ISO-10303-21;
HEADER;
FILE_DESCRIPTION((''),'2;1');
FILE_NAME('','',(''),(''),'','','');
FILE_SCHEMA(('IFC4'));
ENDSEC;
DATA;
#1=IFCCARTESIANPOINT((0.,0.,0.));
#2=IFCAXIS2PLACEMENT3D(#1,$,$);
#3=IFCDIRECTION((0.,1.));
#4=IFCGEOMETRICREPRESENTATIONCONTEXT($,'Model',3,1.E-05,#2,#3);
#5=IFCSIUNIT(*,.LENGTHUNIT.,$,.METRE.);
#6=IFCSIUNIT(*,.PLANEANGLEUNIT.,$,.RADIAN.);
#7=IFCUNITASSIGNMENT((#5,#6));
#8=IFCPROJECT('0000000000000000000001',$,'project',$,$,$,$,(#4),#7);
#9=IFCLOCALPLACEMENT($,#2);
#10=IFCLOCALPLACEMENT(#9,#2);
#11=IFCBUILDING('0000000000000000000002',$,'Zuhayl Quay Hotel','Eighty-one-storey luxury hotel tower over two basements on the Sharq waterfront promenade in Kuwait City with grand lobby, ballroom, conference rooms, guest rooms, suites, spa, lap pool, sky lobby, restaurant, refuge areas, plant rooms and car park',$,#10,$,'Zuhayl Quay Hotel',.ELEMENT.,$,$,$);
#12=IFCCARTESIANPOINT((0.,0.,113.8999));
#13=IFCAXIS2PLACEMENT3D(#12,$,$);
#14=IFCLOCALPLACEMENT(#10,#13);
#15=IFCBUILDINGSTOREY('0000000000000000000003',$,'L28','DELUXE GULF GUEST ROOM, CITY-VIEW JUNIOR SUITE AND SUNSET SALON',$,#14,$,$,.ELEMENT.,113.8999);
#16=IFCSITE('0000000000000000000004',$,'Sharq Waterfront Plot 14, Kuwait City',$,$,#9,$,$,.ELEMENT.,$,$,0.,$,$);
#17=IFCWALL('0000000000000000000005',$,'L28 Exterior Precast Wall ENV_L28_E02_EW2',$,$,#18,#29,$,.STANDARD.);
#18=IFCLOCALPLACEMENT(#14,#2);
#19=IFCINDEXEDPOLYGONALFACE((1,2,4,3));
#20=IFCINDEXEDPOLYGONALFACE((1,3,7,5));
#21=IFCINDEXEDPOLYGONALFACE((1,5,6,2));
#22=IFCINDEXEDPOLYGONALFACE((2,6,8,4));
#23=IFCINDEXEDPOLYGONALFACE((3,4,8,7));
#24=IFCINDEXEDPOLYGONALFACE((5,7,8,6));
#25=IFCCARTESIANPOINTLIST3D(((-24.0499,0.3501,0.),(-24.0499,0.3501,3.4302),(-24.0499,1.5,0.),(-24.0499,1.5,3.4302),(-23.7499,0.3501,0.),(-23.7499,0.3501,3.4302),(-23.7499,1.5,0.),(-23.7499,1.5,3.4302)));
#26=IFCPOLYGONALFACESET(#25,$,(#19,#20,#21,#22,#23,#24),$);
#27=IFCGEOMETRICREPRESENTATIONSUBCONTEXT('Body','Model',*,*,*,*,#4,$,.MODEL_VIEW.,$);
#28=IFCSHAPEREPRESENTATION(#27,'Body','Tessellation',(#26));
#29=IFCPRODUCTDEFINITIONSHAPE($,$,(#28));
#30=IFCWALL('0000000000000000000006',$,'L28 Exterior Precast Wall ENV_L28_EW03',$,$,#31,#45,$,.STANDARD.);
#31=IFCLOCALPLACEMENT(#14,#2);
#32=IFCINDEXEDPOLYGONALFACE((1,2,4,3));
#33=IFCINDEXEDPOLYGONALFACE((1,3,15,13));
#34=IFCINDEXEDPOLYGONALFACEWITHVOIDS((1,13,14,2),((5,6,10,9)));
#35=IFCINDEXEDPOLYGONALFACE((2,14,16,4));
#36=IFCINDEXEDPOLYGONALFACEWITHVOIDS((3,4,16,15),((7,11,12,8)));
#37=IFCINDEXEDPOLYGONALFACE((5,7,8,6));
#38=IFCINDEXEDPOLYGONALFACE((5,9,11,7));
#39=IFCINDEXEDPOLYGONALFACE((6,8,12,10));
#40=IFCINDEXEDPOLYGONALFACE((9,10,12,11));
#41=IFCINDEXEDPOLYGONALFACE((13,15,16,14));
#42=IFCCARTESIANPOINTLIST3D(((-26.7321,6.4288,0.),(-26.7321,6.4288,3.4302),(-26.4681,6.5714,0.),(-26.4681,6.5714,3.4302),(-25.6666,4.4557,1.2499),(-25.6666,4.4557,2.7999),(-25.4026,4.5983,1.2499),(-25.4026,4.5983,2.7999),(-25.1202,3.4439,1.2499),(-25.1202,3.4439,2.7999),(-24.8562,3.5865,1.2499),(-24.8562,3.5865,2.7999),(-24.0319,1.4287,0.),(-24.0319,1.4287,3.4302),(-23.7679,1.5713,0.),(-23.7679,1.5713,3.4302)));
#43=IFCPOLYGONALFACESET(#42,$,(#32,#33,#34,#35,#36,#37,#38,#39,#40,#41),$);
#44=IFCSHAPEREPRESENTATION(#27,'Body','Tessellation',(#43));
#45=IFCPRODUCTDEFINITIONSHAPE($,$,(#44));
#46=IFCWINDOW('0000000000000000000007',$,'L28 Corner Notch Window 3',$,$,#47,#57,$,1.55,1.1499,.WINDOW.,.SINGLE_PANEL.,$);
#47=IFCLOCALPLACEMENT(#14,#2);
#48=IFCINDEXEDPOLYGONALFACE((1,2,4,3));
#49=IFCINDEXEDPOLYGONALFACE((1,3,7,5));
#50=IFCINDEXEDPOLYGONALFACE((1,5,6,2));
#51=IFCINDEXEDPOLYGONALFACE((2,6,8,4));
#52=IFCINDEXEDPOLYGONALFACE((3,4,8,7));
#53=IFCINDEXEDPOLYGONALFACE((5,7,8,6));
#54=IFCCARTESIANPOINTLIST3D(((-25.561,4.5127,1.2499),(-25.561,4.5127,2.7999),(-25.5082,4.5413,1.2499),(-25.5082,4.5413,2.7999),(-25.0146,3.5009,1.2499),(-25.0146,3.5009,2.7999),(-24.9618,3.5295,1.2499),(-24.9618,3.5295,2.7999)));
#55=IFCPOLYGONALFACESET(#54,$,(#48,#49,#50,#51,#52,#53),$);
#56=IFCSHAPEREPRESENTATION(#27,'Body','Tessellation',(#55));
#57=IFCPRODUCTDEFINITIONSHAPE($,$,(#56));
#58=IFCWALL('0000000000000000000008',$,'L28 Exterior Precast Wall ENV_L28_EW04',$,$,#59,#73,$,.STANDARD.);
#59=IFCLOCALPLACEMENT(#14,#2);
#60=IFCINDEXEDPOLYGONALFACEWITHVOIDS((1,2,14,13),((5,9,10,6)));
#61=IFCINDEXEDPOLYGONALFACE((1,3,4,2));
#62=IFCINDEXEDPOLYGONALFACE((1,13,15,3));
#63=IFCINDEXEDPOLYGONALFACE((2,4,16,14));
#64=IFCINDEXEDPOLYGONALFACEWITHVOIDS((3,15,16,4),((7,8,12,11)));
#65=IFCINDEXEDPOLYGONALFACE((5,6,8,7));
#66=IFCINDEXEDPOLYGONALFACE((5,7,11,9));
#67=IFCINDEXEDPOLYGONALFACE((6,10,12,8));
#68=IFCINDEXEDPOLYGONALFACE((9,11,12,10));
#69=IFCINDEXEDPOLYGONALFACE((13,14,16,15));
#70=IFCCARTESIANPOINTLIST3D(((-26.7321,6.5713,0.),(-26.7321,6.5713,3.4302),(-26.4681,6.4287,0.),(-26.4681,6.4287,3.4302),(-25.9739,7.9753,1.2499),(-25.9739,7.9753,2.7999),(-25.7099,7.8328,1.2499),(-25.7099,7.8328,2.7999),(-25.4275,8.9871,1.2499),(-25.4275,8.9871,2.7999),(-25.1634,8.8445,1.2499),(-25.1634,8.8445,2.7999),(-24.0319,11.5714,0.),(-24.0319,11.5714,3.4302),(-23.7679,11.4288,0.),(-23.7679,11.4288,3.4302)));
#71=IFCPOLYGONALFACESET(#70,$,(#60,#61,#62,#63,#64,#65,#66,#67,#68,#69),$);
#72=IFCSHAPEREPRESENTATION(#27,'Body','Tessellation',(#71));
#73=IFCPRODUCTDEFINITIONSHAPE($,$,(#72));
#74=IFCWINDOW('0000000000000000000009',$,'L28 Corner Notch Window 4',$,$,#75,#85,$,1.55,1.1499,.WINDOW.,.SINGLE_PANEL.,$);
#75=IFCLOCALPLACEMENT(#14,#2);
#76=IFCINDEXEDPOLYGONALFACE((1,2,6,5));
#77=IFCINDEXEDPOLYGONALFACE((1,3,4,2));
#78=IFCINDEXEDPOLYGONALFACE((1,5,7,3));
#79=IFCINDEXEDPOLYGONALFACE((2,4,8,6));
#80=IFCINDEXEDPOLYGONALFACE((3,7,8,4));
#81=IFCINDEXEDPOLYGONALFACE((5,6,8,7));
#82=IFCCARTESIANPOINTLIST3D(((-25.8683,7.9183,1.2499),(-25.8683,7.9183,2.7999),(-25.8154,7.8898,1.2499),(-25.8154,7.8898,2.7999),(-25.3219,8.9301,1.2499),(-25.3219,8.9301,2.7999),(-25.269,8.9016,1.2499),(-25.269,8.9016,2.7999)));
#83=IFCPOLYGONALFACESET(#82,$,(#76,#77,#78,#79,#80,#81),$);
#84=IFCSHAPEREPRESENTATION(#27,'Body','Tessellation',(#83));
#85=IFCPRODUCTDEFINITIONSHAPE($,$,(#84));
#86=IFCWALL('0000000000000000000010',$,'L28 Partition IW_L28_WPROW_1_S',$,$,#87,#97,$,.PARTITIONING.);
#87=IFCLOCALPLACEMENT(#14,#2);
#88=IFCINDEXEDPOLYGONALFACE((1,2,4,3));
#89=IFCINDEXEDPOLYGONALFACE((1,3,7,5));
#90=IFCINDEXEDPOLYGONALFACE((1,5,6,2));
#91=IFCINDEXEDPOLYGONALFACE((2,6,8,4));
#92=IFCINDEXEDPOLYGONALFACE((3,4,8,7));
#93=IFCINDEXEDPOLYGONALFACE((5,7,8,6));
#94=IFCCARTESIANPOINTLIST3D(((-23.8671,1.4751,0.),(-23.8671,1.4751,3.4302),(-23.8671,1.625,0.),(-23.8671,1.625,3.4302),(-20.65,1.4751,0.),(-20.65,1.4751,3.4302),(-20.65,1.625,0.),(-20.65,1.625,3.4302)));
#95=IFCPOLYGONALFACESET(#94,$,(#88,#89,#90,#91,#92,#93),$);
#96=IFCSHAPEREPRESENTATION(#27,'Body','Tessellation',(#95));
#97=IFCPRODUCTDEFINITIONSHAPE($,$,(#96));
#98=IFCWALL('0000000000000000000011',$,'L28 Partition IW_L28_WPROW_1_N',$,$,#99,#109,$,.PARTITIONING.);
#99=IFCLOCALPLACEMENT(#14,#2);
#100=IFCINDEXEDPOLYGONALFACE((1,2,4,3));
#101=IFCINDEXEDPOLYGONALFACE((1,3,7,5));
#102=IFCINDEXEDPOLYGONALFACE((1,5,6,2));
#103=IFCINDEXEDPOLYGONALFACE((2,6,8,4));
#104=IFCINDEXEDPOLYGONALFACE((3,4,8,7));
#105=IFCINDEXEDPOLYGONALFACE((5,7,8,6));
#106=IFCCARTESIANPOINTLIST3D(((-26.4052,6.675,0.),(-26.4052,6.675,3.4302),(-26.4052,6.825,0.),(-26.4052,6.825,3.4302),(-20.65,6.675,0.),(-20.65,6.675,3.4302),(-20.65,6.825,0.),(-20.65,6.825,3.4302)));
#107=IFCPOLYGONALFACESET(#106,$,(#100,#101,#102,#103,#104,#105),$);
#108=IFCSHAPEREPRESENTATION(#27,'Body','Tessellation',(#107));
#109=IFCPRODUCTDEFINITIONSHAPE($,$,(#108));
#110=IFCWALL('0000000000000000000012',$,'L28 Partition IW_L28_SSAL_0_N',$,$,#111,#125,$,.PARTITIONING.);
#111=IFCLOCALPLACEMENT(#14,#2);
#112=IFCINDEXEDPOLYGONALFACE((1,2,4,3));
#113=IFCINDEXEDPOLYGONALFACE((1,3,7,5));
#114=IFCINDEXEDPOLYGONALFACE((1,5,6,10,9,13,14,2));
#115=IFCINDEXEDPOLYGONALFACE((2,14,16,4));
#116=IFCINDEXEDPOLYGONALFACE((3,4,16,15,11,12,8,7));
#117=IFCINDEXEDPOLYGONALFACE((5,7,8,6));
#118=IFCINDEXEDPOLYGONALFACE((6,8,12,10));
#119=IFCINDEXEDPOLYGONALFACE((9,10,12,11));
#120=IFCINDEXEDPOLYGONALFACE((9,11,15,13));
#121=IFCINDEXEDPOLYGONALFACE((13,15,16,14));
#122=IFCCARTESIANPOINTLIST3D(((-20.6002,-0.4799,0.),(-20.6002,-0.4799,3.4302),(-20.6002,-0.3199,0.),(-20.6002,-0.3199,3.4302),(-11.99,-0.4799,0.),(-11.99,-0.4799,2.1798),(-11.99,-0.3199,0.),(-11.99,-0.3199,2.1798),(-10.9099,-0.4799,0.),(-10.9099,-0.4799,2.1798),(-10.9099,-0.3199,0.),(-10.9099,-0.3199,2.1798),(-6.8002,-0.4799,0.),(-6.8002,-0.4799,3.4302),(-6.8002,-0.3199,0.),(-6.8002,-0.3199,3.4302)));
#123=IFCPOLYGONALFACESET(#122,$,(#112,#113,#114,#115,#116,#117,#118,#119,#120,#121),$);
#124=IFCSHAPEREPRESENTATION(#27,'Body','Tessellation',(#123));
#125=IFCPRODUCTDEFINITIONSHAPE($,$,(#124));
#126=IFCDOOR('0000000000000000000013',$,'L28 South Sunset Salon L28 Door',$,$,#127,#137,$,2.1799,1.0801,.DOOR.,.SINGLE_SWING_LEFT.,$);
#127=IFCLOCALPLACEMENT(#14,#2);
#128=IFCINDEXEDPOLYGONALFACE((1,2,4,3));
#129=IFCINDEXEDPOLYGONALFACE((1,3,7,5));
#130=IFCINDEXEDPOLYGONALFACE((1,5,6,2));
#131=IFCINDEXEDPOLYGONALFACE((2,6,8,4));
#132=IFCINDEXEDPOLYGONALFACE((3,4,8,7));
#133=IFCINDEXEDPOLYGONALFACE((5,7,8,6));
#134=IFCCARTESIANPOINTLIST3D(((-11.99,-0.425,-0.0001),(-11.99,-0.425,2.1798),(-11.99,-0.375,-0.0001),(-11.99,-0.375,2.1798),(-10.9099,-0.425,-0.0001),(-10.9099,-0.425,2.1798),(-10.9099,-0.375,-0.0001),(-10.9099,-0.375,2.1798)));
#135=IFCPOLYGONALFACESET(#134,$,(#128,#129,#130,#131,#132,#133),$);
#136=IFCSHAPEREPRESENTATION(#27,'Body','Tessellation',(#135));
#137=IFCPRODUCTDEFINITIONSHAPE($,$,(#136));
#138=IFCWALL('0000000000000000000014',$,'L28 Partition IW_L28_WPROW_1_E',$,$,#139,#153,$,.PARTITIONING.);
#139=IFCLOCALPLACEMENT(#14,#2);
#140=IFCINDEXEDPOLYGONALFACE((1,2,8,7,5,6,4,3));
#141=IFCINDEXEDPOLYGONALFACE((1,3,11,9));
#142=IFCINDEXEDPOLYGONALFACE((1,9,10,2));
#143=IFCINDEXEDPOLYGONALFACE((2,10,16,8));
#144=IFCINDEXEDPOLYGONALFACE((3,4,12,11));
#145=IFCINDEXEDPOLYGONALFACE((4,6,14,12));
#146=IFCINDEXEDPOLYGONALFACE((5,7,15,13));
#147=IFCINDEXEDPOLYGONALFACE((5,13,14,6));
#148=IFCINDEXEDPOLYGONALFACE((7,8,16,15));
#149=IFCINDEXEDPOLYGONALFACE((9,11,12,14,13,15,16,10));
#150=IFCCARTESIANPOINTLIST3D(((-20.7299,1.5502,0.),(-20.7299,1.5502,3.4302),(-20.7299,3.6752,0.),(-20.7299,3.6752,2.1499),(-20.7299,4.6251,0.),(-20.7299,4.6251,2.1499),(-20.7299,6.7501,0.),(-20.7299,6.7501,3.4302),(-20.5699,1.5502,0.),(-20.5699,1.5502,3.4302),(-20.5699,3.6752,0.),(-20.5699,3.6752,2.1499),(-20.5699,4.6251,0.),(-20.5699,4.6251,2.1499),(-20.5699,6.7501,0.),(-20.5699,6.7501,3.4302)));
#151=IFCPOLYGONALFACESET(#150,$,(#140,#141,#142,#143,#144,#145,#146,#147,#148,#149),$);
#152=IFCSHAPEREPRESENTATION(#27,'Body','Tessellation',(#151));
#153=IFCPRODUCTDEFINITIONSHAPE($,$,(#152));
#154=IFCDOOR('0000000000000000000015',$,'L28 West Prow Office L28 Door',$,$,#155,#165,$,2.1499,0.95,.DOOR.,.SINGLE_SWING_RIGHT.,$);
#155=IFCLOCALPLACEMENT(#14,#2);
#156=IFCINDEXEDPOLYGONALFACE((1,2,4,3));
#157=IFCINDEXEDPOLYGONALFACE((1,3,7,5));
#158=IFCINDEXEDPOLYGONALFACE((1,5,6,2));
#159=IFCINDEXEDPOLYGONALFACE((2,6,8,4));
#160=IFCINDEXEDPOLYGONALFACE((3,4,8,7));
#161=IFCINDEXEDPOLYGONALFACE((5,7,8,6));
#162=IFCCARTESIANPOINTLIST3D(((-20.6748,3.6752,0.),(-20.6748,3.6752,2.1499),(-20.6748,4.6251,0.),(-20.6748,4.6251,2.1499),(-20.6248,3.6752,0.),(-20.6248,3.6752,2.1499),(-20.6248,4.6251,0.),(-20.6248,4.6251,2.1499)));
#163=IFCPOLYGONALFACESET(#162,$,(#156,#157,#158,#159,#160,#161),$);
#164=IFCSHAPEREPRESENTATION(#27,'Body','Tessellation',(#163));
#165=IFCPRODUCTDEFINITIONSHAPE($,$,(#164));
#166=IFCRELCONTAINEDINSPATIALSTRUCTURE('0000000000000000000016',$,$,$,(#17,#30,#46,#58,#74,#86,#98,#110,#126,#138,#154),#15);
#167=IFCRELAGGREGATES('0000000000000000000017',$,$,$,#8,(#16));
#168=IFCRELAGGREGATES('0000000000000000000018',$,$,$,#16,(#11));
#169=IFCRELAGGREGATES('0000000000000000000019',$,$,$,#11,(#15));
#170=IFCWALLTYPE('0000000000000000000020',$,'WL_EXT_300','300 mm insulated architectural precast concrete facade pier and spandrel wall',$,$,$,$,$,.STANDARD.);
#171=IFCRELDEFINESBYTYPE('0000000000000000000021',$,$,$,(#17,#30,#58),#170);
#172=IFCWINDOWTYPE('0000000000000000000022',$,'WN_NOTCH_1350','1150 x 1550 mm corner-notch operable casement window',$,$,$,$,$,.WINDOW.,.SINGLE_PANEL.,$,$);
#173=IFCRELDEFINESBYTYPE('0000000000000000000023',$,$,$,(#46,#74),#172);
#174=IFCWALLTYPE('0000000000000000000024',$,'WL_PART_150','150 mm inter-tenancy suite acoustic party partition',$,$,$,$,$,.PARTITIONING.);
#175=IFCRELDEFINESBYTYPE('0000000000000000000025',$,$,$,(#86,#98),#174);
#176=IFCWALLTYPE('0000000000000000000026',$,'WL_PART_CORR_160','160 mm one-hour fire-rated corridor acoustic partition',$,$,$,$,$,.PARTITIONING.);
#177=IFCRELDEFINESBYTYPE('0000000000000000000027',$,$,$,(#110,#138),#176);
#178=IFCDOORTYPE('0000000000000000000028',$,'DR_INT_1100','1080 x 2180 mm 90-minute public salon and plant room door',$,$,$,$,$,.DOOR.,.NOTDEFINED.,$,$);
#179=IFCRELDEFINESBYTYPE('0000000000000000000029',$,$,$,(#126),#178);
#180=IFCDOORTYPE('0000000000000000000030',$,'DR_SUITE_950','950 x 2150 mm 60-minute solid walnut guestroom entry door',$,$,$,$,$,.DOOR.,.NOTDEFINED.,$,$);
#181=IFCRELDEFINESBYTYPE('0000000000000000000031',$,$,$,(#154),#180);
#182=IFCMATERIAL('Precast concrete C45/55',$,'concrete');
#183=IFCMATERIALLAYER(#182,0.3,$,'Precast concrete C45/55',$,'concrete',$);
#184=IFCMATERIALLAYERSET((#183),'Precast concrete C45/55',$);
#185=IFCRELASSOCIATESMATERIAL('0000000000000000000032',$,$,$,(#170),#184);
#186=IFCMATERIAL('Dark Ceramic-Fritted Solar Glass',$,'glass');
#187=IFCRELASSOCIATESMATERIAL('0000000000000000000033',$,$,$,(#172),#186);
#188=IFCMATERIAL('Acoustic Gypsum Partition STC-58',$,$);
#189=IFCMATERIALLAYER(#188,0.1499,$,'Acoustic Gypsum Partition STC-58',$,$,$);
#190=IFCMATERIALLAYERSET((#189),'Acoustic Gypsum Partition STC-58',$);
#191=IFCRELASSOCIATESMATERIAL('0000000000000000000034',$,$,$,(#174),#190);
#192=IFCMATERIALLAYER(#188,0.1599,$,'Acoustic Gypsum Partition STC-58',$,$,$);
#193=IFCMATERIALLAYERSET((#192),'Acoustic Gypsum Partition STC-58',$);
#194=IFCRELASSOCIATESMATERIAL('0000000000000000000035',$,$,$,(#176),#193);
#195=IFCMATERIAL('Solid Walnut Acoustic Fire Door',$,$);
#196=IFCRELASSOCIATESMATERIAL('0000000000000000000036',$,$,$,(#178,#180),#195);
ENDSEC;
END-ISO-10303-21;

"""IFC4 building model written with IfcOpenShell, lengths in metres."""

from ifc_helpers import new_model, si_unit, direction, frame, frame_2d, origin, place, context, subcontext, project, spatial, rectangle, extrude, material, layer, layer_set, type_object, element, fill, save


model = new_model("IFC4")

# Units and contexts
model_context = context("Model", 3, precision=1e-05, world=origin(), true_north=direction((0.0, 1.0)))
body_context = subcontext(model_context, "Body", "Model", "MODEL_VIEW")
ifc_project = project(units=[si_unit("LENGTHUNIT", "METRE"), si_unit("PLANEANGLEUNIT", "RADIAN")], contexts=[model_context])

# Site, building, storey
site_placement = place(None, origin())
site = spatial("IfcSite", under=ifc_project, at=site_placement, Name="Sharq Waterfront Plot 14, Kuwait City", CompositionType="ELEMENT", RefElevation=0.0)
building_placement = place(site_placement, origin())
building = spatial("IfcBuilding", under=site, at=building_placement, Name="Zuhayl Quay Hotel", Description="Eighty-one-storey luxury hotel tower over two basements on the Sharq waterfront promenade in Kuwait City with grand lobby, ballroom, conference rooms, guest rooms, suites, spa, lap pool, sky lobby, restaurant, refuge areas, plant rooms and car park", LongName="Zuhayl Quay Hotel", CompositionType="ELEMENT")
storey_placement = place(building_placement, frame((0.0, 0.0, 113.8999)))
storey = spatial("IfcBuildingStorey", under=building, at=storey_placement, Name="L28", Description="DELUXE GULF GUEST ROOM, CITY-VIEW JUNIOR SUITE AND SUNSET SALON", CompositionType="ELEMENT", Elevation=113.8999)

# Wall
ifc_material_1 = material(Name="Precast concrete C45/55", Category="concrete")
ifc_layer_1 = layer(ifc_material_1, 0.3, Name="Precast concrete C45/55", Category="concrete")
ifc_layer_set_1 = layer_set([ifc_layer_1], Name="Precast concrete C45/55")
wall_type_1 = type_object("IfcWallType", Name="WL_EXT_300", Description="300 mm insulated architectural precast concrete facade pier and spandrel wall", PredefinedType="STANDARD", material=ifc_layer_set_1)
wall_1_placement = place(storey_placement, frame((-23.8999, 0.3501, 0.0), z_axis=(0.0, 0.0, 1.0), x_axis=(0.0, 1.0, 0.0)))
element("IfcWall", 1, at=wall_1_placement, inside=storey, type_object=wall_type_1, Name="L28 Exterior Precast Wall ENV_L28_E02_EW2", PredefinedType="STANDARD", context=body_context, shape_type="SweptSolid", body=[
    extrude(rectangle(XDim=1.1499, YDim=0.3, at=frame_2d((0.575, 0.0))), origin(), (0.0, 0.0, 1.0), 3.4302),
])

# Walls, openings, windows
wall_2_placement = place(storey_placement, frame((-23.8999, 1.5, 0.0), z_axis=(0.0, 0.0, 1.0), x_axis=(-0.475176, 0.879891, 0.0)))
wall_2 = element("IfcWall", 2, at=wall_2_placement, inside=storey, type_object=wall_type_1, Name="L28 Exterior Precast Wall ENV_L28_EW03", PredefinedType="STANDARD", context=body_context, shape_type="SweptSolid", body=[
    extrude(rectangle(XDim=5.6826, YDim=0.3, at=frame_2d((2.8413, 0.0))), origin(), (0.0, 0.0, 1.0), 3.4302),
])
opening_1_placement = place(wall_2_placement, frame((2.2903, 0.0, 1.25)))
opening_1 = element("IfcOpeningElement", 3, at=opening_1_placement, cuts=wall_2, PredefinedType="OPENING", context=body_context, shape_type="SweptSolid", body=[
    extrude(rectangle(XDim=1.1499, YDim=1.55, at=frame_2d((0.575, 0.7749))), frame((0.0, 0.1599, 0.0), z_axis=(0.0, -1.0, 0.0), x_axis=(1.0, 0.0, 0.0)), (0.0, 0.0, 1.0), 0.3201),
])
ifc_material_2 = material(Name="Dark Ceramic-Fritted Solar Glass", Category="glass")
window_type = type_object("IfcWindowType", Name="WN_NOTCH_1350", Description="1150 x 1550 mm corner-notch operable casement window", PartitioningType="SINGLE_PANEL", PredefinedType="WINDOW", material=ifc_material_2)
window_1_placement = place(opening_1_placement, origin())
window_1 = element("IfcWindow", 4, at=window_1_placement, inside=storey, type_object=window_type, Name="L28 Corner Notch Window 3", OverallHeight=1.55, OverallWidth=1.1499, PartitioningType="SINGLE_PANEL", PredefinedType="WINDOW", context=body_context, shape_type="SweptSolid", body=[
    extrude(rectangle(XDim=1.1499, YDim=1.55, at=frame_2d((0.575, 0.7749))), frame((0.0, 0.03, 0.0), z_axis=(0.0, -1.0, 0.0), x_axis=(1.0, 0.0, 0.0)), (0.0, 0.0, 1.0), 0.0601),
])
fill(opening_1, window_1)
wall_3_placement = place(storey_placement, frame((-26.6001, 6.5, 0.0), z_axis=(0.0, 0.0, 1.0), x_axis=(0.475176, 0.879891, 0.0)))
wall_3 = element("IfcWall", 5, at=wall_3_placement, inside=storey, type_object=wall_type_1, Name="L28 Exterior Precast Wall ENV_L28_EW04", PredefinedType="STANDARD", context=body_context, shape_type="SweptSolid", body=[
    extrude(rectangle(XDim=5.6826, YDim=0.3, at=frame_2d((2.8413, 0.0))), origin(), (0.0, 0.0, 1.0), 3.4302),
])
opening_2_placement = place(wall_3_placement, frame((1.5957, 0.0, 1.25)))
opening_2 = element("IfcOpeningElement", 6, at=opening_2_placement, cuts=wall_3, PredefinedType="OPENING", context=body_context, shape_type="SweptSolid", body=[
    extrude(rectangle(XDim=1.1499, YDim=1.55, at=frame_2d((0.575, 0.7749))), frame((0.0, 0.1599, 0.0), z_axis=(0.0, -1.0, 0.0), x_axis=(1.0, 0.0, 0.0)), (0.0, 0.0, 1.0), 0.3201),
])
window_2_placement = place(opening_2_placement, origin())
window_2 = element("IfcWindow", 7, at=window_2_placement, inside=storey, type_object=window_type, Name="L28 Corner Notch Window 4", OverallHeight=1.55, OverallWidth=1.1499, PartitioningType="SINGLE_PANEL", PredefinedType="WINDOW", context=body_context, shape_type="SweptSolid", body=[
    extrude(rectangle(XDim=1.1499, YDim=1.55, at=frame_2d((0.575, 0.7749))), frame((0.0, 0.03, 0.0), z_axis=(0.0, -1.0, 0.0), x_axis=(1.0, 0.0, 0.0)), (0.0, 0.0, 1.0), 0.0601),
])
fill(opening_2, window_2)

# Walls
ifc_material_3 = material(Name="Acoustic Gypsum Partition STC-58")
ifc_layer_2 = layer(ifc_material_3, 0.1499, Name="Acoustic Gypsum Partition STC-58")
ifc_layer_set_2 = layer_set([ifc_layer_2], Name="Acoustic Gypsum Partition STC-58")
wall_type_2 = type_object("IfcWallType", Name="WL_PART_150", Description="150 mm inter-tenancy suite acoustic party partition", PredefinedType="PARTITIONING", material=ifc_layer_set_2)
wall_4_placement = place(storey_placement, frame((-23.8669, 1.55, 0.0), z_axis=(0.0, 0.0, 1.0), x_axis=(1.0, 0.0, 0.0)))
element("IfcWall", 8, at=wall_4_placement, inside=storey, type_object=wall_type_2, Name="L28 Partition IW_L28_WPROW_1_S", PredefinedType="PARTITIONING", context=body_context, shape_type="SweptSolid", body=[
    extrude(rectangle(XDim=3.217, YDim=0.1499, at=frame_2d((1.6084, 0.0))), origin(), (0.0, 0.0, 1.0), 3.4302),
])
wall_5_placement = place(storey_placement, frame((-26.405, 6.75, 0.0), z_axis=(0.0, 0.0, 1.0), x_axis=(1.0, 0.0, 0.0)))
element("IfcWall", 9, at=wall_5_placement, inside=storey, type_object=wall_type_2, Name="L28 Partition IW_L28_WPROW_1_N", PredefinedType="PARTITIONING", context=body_context, shape_type="SweptSolid", body=[
    extrude(rectangle(XDim=5.7551, YDim=0.1499, at=frame_2d((2.8774, 0.0))), origin(), (0.0, 0.0, 1.0), 3.4302),
])

# Walls, openings, doors
ifc_layer_3 = layer(ifc_material_3, 0.1599, Name="Acoustic Gypsum Partition STC-58")
ifc_layer_set_3 = layer_set([ifc_layer_3], Name="Acoustic Gypsum Partition STC-58")
wall_type_3 = type_object("IfcWallType", Name="WL_PART_CORR_160", Description="160 mm one-hour fire-rated corridor acoustic partition", PredefinedType="PARTITIONING", material=ifc_layer_set_3)
wall_6_placement = place(storey_placement, frame((-20.6001, -0.3999, 0.0), z_axis=(0.0, 0.0, 1.0), x_axis=(1.0, 0.0, 0.0)))
wall_6 = element("IfcWall", 10, at=wall_6_placement, inside=storey, type_object=wall_type_3, Name="L28 Partition IW_L28_SSAL_0_N", PredefinedType="PARTITIONING", context=body_context, shape_type="SweptSolid", body=[
    extrude(rectangle(XDim=13.8, YDim=0.1599, at=frame_2d((6.8999, 0.0))), origin(), (0.0, 0.0, 1.0), 3.4302),
])
opening_3_placement = place(wall_6_placement, frame((8.6101, 0.0, 0.0)))
opening_3 = element("IfcOpeningElement", 11, at=opening_3_placement, cuts=wall_6, PredefinedType="OPENING", context=body_context, shape_type="SweptSolid", body=[
    extrude(rectangle(XDim=1.0801, YDim=2.1799, at=frame_2d((0.54, 1.0898))), frame((0.0, 0.0898, 0.0), z_axis=(0.0, -1.0, 0.0), x_axis=(1.0, 0.0, 0.0)), (0.0, 0.0, 1.0), 0.1799),
])
ifc_material_4 = material(Name="Solid Walnut Acoustic Fire Door")
door_type_1 = type_object("IfcDoorType", Name="DR_INT_1100", Description="1080 x 2180 mm 90-minute public salon and plant room door", OperationType="NOTDEFINED", PredefinedType="DOOR", material=ifc_material_4)
door_1_placement = place(opening_3_placement, origin())
door_1 = element("IfcDoor", 12, at=door_1_placement, inside=storey, type_object=door_type_1, Name="L28 South Sunset Salon L28 Door", OperationType="SINGLE_SWING_LEFT", OverallHeight=2.1799, OverallWidth=1.0801, PredefinedType="DOOR", context=body_context, shape_type="SweptSolid", body=[
    extrude(rectangle(XDim=1.0801, YDim=2.1799, at=frame_2d((0.54, 1.0898))), frame((0.0, 0.0249, 0.0), z_axis=(0.0, -1.0, 0.0), x_axis=(1.0, 0.0, 0.0)), (0.0, 0.0, 1.0), 0.05),
])
fill(opening_3, door_1)
wall_7_placement = place(storey_placement, frame((-20.6499, 1.55, 0.0), z_axis=(0.0, 0.0, 1.0), x_axis=(0.0, 1.0, 0.0)))
wall_7 = element("IfcWall", 13, at=wall_7_placement, inside=storey, type_object=wall_type_3, Name="L28 Partition IW_L28_WPROW_1_E", PredefinedType="PARTITIONING", context=body_context, shape_type="SweptSolid", body=[
    extrude(rectangle(XDim=5.2, YDim=0.1599, at=frame_2d((2.6001, 0.0))), origin(), (0.0, 0.0, 1.0), 3.4302),
])
opening_4_placement = place(wall_7_placement, frame((2.125, 0.0, 0.0)))
opening_4 = element("IfcOpeningElement", 14, at=opening_4_placement, cuts=wall_7, PredefinedType="OPENING", context=body_context, shape_type="SweptSolid", body=[
    extrude(rectangle(XDim=0.95, YDim=2.1499, at=frame_2d((0.4751, 1.075))), frame((0.0, 0.0898, 0.0), z_axis=(0.0, -1.0, 0.0), x_axis=(1.0, 0.0, 0.0)), (0.0, 0.0, 1.0), 0.1799),
])
door_type_2 = type_object("IfcDoorType", Name="DR_SUITE_950", Description="950 x 2150 mm 60-minute solid walnut guestroom entry door", OperationType="NOTDEFINED", PredefinedType="DOOR", material=ifc_material_4)
door_2_placement = place(opening_4_placement, origin())
door_2 = element("IfcDoor", 15, at=door_2_placement, inside=storey, type_object=door_type_2, Name="L28 West Prow Office L28 Door", OperationType="SINGLE_SWING_RIGHT", OverallHeight=2.1499, OverallWidth=0.95, PredefinedType="DOOR", context=body_context, shape_type="SweptSolid", body=[
    extrude(rectangle(XDim=0.95, YDim=2.1499, at=frame_2d((0.4751, 1.075))), frame((0.0, 0.0249, 0.0), z_axis=(0.0, -1.0, 0.0), x_axis=(1.0, 0.0, 0.0)), (0.0, 0.0, 1.0), 0.05),
])
fill(opening_4, door_2)

save(model, "model.ifc")
